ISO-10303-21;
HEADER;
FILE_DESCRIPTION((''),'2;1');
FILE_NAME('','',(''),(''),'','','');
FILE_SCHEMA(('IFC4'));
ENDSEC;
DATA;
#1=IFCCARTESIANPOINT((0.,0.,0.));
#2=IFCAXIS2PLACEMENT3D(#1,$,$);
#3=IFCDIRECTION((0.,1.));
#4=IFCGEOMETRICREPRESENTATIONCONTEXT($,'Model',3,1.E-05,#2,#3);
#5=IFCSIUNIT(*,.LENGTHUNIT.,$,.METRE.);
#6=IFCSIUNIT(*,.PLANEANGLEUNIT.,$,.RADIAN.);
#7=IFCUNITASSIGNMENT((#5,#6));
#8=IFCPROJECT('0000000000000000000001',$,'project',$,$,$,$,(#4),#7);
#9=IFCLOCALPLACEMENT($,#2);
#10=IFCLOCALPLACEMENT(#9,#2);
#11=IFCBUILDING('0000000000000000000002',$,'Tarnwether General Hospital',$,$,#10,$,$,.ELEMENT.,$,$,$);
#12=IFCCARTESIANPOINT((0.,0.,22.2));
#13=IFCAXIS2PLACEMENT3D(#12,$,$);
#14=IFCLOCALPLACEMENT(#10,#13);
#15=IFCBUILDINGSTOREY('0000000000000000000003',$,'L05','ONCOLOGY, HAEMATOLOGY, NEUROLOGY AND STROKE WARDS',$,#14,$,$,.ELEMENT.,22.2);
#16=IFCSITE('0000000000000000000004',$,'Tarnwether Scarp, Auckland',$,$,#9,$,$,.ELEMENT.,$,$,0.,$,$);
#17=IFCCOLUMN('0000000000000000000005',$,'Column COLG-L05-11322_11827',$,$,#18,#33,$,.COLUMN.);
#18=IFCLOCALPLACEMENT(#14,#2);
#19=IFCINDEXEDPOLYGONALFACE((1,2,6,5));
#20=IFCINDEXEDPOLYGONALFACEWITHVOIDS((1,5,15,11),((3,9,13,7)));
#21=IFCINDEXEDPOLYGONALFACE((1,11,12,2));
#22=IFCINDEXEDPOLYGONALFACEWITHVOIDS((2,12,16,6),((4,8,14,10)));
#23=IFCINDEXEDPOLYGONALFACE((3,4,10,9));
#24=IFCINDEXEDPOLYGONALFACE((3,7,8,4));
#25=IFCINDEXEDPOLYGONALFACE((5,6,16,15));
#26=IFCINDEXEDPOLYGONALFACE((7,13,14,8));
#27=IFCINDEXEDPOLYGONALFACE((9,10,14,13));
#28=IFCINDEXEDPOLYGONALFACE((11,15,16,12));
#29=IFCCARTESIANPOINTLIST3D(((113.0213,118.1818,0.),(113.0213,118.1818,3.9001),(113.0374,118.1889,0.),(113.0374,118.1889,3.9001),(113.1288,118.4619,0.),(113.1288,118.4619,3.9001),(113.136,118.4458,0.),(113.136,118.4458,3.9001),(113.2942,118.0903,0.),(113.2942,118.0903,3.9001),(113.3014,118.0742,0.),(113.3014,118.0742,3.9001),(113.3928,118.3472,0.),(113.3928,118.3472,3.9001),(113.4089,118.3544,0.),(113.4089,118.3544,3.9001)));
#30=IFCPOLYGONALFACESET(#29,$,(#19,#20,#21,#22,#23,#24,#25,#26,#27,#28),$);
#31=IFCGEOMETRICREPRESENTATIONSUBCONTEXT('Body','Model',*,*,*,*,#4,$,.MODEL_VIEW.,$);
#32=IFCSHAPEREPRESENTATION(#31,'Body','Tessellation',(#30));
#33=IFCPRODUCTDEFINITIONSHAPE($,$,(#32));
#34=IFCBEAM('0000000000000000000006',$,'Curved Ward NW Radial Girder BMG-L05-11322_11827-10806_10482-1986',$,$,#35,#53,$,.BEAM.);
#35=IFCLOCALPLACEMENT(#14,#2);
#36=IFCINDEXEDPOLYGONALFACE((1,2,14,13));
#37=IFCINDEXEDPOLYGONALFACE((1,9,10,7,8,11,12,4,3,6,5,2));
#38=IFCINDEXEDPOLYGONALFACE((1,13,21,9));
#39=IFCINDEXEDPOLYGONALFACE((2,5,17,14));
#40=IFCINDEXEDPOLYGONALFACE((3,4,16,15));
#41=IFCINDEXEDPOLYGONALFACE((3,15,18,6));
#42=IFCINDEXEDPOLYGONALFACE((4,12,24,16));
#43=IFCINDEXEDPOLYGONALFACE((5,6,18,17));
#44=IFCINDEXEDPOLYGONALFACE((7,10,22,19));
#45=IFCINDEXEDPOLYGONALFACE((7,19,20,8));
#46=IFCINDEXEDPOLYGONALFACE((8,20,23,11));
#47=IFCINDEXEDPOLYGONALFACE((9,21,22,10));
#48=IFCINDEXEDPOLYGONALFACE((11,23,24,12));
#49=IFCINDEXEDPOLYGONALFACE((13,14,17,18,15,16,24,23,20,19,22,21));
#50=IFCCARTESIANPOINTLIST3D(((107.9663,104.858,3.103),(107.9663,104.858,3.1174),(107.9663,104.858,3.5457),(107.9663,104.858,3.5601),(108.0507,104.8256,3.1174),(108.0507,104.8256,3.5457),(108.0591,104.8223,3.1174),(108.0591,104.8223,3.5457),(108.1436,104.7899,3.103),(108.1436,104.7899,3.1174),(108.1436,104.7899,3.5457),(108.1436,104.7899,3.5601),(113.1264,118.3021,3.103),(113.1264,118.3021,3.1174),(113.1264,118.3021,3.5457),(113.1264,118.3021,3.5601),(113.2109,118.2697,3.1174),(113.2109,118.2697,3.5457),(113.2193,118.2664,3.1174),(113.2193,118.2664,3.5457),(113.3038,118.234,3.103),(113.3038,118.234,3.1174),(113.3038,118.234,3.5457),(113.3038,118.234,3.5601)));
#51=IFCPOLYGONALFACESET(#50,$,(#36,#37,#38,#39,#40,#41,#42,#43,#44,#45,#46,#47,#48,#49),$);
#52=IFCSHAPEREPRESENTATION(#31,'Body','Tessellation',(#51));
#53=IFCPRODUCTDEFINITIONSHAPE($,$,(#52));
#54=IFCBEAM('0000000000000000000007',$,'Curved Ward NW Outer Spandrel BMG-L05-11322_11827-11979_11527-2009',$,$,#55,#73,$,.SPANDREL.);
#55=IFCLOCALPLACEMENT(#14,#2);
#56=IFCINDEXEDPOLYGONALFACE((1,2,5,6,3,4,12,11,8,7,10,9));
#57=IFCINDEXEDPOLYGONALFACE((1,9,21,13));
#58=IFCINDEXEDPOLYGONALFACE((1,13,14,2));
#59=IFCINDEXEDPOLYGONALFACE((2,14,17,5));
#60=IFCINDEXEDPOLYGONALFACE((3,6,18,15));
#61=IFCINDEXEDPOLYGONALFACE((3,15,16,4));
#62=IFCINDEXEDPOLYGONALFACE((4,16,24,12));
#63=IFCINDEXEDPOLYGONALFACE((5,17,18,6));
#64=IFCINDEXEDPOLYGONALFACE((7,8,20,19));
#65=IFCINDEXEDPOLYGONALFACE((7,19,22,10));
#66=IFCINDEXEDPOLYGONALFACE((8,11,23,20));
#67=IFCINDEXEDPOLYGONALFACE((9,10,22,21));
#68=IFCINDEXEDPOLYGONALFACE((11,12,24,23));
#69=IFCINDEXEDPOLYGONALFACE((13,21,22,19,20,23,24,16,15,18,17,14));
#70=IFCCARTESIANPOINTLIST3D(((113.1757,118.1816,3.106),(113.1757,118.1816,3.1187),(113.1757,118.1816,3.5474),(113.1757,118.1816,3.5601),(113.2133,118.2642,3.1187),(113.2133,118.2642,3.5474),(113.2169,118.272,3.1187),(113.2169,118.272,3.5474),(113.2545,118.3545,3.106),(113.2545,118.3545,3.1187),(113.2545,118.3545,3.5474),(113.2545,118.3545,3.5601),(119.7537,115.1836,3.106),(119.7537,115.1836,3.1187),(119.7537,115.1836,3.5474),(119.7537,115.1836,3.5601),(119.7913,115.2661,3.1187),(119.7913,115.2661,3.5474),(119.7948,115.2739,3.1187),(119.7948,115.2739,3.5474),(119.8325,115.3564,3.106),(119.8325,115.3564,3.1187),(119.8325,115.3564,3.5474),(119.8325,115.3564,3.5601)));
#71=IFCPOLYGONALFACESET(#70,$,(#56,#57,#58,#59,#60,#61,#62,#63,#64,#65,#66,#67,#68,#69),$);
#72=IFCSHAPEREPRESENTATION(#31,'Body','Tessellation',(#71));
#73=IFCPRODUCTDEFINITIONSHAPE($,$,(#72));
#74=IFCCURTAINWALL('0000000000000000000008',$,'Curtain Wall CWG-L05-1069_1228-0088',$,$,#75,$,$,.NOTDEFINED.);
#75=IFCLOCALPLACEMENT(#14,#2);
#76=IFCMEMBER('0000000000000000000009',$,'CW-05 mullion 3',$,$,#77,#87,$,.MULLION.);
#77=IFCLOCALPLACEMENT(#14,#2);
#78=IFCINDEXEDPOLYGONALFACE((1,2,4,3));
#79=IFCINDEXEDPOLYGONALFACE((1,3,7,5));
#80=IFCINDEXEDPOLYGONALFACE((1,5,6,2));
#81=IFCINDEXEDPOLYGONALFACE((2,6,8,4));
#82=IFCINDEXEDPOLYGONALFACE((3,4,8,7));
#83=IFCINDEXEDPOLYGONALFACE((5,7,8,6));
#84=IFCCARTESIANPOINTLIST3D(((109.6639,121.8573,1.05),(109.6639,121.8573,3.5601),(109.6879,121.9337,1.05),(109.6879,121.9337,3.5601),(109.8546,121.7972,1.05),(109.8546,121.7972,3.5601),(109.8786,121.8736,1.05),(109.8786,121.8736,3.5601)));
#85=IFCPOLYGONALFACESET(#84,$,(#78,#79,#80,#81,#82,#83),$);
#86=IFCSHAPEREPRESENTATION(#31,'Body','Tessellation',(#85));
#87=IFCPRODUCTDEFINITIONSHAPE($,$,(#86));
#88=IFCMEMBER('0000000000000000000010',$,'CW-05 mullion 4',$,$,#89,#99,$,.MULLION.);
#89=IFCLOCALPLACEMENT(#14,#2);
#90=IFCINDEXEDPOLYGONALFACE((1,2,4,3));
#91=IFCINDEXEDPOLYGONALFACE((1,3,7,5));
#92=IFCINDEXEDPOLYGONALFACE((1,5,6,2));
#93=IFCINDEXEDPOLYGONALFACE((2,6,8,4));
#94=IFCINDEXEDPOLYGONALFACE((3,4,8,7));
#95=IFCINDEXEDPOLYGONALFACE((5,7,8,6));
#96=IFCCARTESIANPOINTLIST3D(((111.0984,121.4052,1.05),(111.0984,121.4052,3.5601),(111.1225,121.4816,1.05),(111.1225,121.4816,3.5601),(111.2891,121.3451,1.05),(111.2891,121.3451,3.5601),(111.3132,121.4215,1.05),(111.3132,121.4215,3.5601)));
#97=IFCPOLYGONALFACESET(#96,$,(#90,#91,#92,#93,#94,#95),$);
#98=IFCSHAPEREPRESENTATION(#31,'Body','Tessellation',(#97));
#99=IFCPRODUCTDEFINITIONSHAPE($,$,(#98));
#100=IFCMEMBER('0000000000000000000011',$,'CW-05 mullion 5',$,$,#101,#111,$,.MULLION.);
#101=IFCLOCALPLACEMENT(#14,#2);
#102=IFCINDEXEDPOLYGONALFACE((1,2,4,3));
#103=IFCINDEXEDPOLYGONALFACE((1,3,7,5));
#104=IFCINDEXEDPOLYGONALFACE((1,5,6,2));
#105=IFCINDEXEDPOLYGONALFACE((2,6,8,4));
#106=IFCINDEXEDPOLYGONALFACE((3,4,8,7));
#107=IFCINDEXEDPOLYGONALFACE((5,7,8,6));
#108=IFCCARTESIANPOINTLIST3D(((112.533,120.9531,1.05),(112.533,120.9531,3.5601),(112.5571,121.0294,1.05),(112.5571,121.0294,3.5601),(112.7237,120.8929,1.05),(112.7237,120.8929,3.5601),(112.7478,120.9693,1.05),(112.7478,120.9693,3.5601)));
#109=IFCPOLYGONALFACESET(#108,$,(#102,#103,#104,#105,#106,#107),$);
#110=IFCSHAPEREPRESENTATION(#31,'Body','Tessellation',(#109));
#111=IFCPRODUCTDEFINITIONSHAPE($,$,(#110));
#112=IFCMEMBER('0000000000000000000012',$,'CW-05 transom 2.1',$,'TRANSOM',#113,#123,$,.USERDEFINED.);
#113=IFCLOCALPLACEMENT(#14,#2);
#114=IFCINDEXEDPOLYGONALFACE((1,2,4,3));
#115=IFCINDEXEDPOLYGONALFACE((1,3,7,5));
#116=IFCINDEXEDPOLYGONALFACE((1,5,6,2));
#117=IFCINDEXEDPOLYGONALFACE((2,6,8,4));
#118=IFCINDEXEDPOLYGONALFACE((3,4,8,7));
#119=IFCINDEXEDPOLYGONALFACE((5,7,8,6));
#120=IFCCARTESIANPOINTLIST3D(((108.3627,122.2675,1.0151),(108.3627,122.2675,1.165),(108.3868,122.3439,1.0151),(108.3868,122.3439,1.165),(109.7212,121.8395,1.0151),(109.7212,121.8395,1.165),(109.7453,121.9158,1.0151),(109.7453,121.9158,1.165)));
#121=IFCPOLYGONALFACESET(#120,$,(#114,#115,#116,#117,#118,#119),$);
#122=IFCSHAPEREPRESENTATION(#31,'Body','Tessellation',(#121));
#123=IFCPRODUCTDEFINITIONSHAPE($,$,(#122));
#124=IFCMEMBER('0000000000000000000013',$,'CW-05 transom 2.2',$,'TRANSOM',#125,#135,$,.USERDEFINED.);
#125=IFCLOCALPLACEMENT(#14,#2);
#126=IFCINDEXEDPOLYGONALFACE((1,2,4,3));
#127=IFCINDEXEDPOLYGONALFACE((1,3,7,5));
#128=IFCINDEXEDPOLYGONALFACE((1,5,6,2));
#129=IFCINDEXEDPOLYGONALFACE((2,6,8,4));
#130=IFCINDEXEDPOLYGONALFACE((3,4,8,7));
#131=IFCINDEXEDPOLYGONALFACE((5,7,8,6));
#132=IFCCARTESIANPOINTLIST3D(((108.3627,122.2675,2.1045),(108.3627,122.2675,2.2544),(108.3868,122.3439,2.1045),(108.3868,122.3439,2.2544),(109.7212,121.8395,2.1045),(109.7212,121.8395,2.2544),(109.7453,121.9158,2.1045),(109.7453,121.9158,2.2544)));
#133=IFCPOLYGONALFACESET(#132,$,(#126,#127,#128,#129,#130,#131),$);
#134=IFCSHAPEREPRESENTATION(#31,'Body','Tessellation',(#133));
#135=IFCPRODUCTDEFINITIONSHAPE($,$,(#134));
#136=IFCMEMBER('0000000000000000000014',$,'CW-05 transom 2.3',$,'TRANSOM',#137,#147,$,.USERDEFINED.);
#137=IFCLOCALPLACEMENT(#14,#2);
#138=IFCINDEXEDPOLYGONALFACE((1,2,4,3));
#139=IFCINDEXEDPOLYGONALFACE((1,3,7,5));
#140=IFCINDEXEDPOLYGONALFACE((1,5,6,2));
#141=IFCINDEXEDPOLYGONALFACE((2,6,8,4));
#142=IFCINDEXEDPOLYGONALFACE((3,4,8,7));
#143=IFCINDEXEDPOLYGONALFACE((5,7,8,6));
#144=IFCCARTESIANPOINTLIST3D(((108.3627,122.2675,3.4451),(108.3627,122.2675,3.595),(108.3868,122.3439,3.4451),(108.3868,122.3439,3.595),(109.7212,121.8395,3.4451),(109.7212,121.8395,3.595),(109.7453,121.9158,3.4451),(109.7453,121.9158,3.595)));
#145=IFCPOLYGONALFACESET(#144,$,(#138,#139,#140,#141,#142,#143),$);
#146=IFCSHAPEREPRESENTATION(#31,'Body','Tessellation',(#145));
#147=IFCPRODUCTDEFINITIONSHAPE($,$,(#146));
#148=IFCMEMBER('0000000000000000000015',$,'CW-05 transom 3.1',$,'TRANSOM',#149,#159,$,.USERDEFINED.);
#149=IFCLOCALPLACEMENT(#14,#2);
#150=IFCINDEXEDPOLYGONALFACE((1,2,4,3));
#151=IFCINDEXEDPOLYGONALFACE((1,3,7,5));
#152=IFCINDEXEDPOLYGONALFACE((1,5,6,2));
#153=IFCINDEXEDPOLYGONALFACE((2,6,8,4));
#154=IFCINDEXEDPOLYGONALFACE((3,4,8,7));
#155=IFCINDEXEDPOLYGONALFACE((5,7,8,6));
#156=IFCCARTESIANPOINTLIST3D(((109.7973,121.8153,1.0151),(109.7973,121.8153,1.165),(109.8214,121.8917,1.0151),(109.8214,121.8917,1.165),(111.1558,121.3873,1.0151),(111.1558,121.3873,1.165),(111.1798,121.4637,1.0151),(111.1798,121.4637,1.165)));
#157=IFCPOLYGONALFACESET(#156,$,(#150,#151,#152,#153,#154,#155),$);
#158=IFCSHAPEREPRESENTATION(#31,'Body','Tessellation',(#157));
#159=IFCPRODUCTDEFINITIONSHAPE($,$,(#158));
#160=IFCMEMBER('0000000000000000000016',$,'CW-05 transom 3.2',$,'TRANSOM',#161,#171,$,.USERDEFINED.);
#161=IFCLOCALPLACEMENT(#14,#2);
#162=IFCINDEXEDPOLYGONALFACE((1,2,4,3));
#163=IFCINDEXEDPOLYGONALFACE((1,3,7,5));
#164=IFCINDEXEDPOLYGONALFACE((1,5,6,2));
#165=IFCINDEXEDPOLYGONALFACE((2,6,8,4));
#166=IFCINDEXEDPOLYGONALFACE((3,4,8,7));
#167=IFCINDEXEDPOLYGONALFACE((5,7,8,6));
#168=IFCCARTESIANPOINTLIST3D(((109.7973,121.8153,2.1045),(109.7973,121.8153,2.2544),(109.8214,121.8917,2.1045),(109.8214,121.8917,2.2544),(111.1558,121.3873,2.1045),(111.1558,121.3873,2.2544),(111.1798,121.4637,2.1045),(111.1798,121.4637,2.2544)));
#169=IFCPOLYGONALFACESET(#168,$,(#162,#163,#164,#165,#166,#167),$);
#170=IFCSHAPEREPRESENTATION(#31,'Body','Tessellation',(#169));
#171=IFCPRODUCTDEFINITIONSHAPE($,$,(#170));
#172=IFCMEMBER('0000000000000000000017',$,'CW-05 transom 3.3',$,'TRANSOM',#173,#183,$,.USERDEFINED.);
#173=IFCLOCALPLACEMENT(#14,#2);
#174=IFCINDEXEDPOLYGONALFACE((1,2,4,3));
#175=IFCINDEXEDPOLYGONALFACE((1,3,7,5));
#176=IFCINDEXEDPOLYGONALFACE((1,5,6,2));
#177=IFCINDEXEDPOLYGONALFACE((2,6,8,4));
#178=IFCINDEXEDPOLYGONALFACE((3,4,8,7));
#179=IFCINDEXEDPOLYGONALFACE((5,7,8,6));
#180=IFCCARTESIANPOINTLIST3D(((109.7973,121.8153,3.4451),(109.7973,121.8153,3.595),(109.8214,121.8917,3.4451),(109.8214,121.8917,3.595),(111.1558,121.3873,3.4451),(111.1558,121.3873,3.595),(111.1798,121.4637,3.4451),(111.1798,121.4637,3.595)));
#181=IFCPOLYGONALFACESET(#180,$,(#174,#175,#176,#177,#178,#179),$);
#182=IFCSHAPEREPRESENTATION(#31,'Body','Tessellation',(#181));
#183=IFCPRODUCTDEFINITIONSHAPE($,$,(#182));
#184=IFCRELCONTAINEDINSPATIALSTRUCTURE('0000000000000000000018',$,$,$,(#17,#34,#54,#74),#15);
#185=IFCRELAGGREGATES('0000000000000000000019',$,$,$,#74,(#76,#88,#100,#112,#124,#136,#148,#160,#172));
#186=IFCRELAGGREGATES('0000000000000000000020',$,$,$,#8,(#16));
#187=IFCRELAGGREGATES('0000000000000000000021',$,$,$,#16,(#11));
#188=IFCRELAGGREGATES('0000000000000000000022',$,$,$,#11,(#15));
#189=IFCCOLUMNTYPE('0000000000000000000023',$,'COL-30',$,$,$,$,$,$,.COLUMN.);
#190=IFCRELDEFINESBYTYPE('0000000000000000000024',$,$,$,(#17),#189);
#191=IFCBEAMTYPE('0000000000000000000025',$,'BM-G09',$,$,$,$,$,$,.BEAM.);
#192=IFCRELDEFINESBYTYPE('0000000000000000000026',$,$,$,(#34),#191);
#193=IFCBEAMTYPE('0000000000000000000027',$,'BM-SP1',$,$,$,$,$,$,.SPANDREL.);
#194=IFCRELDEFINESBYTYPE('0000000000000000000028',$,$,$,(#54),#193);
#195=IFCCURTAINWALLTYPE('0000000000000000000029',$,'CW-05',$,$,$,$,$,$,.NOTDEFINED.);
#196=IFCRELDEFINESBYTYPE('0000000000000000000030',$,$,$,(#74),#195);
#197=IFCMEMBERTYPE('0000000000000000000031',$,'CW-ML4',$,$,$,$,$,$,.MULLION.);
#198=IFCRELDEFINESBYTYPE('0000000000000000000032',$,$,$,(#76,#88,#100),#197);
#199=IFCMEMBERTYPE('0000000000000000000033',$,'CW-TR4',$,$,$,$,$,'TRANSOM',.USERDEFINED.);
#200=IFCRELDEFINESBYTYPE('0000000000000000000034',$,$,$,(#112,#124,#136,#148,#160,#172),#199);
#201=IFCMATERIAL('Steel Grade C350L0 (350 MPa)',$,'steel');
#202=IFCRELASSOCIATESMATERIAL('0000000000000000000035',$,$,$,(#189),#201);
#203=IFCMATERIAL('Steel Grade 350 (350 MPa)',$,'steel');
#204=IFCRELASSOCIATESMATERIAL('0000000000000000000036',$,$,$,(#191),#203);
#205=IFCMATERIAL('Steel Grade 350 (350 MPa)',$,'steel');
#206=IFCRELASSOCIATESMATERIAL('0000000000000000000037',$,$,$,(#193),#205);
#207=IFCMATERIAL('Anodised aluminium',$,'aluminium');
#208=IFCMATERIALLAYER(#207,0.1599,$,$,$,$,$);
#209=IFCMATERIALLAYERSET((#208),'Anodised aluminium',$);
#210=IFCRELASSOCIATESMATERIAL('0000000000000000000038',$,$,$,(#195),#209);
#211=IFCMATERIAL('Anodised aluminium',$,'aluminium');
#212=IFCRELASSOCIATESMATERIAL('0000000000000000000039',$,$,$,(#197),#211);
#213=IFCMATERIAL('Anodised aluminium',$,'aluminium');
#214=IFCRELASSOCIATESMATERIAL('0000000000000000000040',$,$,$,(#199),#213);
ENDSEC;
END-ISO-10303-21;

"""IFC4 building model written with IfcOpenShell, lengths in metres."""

from ifc_helpers import new_model, si_unit, direction, frame, origin, origin_2d, place, context, subcontext, project, spatial, rectangle, hollow_rectangle, i_section, extrude, material, layer, layer_set, material_profile, profile_set, type_object, element, aggregate, save


model = new_model("IFC4")

# Units and contexts
model_context = context("Model", 3, precision=1e-05, world=origin(), true_north=direction((0.0, 1.0)))
body_context = subcontext(model_context, "Body", "Model", "MODEL_VIEW")
ifc_project = project(units=[si_unit("LENGTHUNIT", "METRE"), si_unit("PLANEANGLEUNIT", "RADIAN")], contexts=[model_context])

# Site, building, storey
site_placement = place(None, origin())
site = spatial("IfcSite", under=ifc_project, at=site_placement, Name="Tarnwether Scarp, Auckland", CompositionType="ELEMENT", RefElevation=0.0)
building_placement = place(site_placement, origin())
building = spatial("IfcBuilding", under=site, at=building_placement, Name="Tarnwether General Hospital", CompositionType="ELEMENT")
storey_placement = place(building_placement, frame((0.0, 0.0, 22.2)))
storey = spatial("IfcBuildingStorey", under=building, at=storey_placement, Name="L05", Description="ONCOLOGY, HAEMATOLOGY, NEUROLOGY AND STROKE WARDS", CompositionType="ELEMENT", Elevation=22.2)

# Column
ifc_material_1 = material(Name="Steel Grade C350L0 (350 MPa)", Category="steel")
ifc_material_profile_1 = material_profile(ifc_material_1, hollow_rectangle(XDim=0.3, YDim=0.3, WallThickness=0.0125, at=origin_2d()), Name="SHS300x300x12.5")
ifc_profile_set_1 = profile_set([ifc_material_profile_1], Name="Steel Grade C350L0 (350 MPa)")
column_type = type_object("IfcColumnType", Name="COL-30", PredefinedType="COLUMN", material=ifc_profile_set_1)
column_placement = place(storey_placement, frame((113.2151, 118.2681, 0.0), z_axis=(0.0, 0.0, 1.0), x_axis=(0.358368, 0.93358, 0.0)))
element("IfcColumn", 1, at=column_placement, inside=storey, type_object=column_type, Name="Column COLG-L05-11322_11827", PredefinedType="COLUMN", context=body_context, shape_type="SweptSolid", body=[
    extrude(hollow_rectangle(XDim=0.3, YDim=0.3, WallThickness=0.0125, at=origin_2d()), origin(), (0.0, 0.0, 1.0), 3.9001),
])

# Beams
ifc_material_2 = material(Name="Steel Grade 350 (350 MPa)", Category="steel")
ifc_material_profile_2 = material_profile(ifc_material_2, i_section(OverallWidth=0.1899, OverallDepth=0.457, WebThickness=0.009, FlangeThickness=0.0144, at=origin_2d()), Name="460UB74.6")
ifc_profile_set_2 = profile_set([ifc_material_profile_2], Name="Steel Grade 350 (350 MPa)")
beam_type_1 = type_object("IfcBeamType", Name="BM-G09", PredefinedType="BEAM", material=ifc_profile_set_2)
beam_1_placement = place(storey_placement, frame((113.2151, 118.2681, 3.3315), z_axis=(-0.358335, -0.933593, 0.0), x_axis=(0.933593, -0.358335, 0.0)))
element("IfcBeam", 2, at=beam_1_placement, inside=storey, type_object=beam_type_1, Name="Curved Ward NW Radial Girder BMG-L05-11322_11827-10806_10482-1986", PredefinedType="BEAM", context=body_context, shape_type="SweptSolid", body=[
    extrude(i_section(OverallWidth=0.1899, OverallDepth=0.457, WebThickness=0.009, FlangeThickness=0.0144, at=origin_2d()), origin(), (0.0, 0.0, 1.0), 14.4004),
])
ifc_material_3 = material(Name="Steel Grade 350 (350 MPa)", Category="steel")
ifc_material_profile_3 = material_profile(ifc_material_3, i_section(OverallWidth=0.1899, OverallDepth=0.4541, WebThickness=0.0085, FlangeThickness=0.0127, at=origin_2d()), Name="460UB67.1")
ifc_profile_set_3 = profile_set([ifc_material_profile_3], Name="Steel Grade 350 (350 MPa)")
beam_type_2 = type_object("IfcBeamType", Name="BM-SP1", PredefinedType="SPANDREL", material=ifc_profile_set_3)
beam_2_placement = place(storey_placement, frame((113.2151, 118.2681, 3.333), z_axis=(0.909944, -0.414731, 0.0), x_axis=(0.414731, 0.909944, 0.0)))
element("IfcBeam", 3, at=beam_2_placement, inside=storey, type_object=beam_type_2, Name="Curved Ward NW Outer Spandrel BMG-L05-11322_11827-11979_11527-2009", PredefinedType="SPANDREL", context=body_context, shape_type="SweptSolid", body=[
    extrude(i_section(OverallWidth=0.1899, OverallDepth=0.4541, WebThickness=0.0085, FlangeThickness=0.0127, at=origin_2d()), origin(), (0.0, 0.0, 1.0), 7.229),
])

# Curtain wall, members
ifc_material_4 = material(Name="Anodised aluminium", Category="aluminium")
ifc_layer_1 = layer(ifc_material_4, 0.1599)
ifc_layer_set_1 = layer_set([ifc_layer_1], Name="Anodised aluminium")
curtain_wall_type = type_object("IfcCurtainWallType", Name="CW-05", PredefinedType="NOTDEFINED", material=ifc_layer_set_1)
curtain_wall_placement = place(storey_placement, origin())
curtain_wall = element("IfcCurtainWall", 4, at=curtain_wall_placement, inside=storey, type_object=curtain_wall_type, Name="Curtain Wall CWG-L05-1069_1228-0088", PredefinedType="NOTDEFINED")
ifc_material_5 = material(Name="Anodised aluminium", Category="aluminium")
ifc_material_profile_4 = material_profile(ifc_material_5, rectangle(XDim=0.0801, YDim=0.2, at=origin_2d()), Name="ALU-MUL-80x200")
ifc_profile_set_4 = profile_set([ifc_material_profile_4], Name="Anodised aluminium")
member_type_1 = type_object("IfcMemberType", Name="CW-ML4", PredefinedType="MULLION", material=ifc_profile_set_4)
member_1_placement = place(storey_placement, frame((109.7712, 121.8655, 1.05), z_axis=(0.0, 0.0, 1.0), x_axis=(0.300629, 0.953741, 0.0)))
member_1 = element("IfcMember", 5, at=member_1_placement, type_object=member_type_1, Name="CW-05 mullion 3", PredefinedType="MULLION", context=body_context, shape_type="SweptSolid", body=[
    extrude(rectangle(XDim=0.0801, YDim=0.2, at=origin_2d()), origin(), (0.0, 0.0, 1.0), 2.51),
])
member_2_placement = place(storey_placement, frame((111.2058, 121.4133, 1.05), z_axis=(0.0, 0.0, 1.0), x_axis=(0.300629, 0.953741, 0.0)))
member_2 = element("IfcMember", 6, at=member_2_placement, type_object=member_type_1, Name="CW-05 mullion 4", PredefinedType="MULLION", context=body_context, shape_type="SweptSolid", body=[
    extrude(rectangle(XDim=0.0801, YDim=0.2, at=origin_2d()), origin(), (0.0, 0.0, 1.0), 2.51),
])
member_3_placement = place(storey_placement, frame((112.6404, 120.9612, 1.05), z_axis=(0.0, 0.0, 1.0), x_axis=(0.300629, 0.953741, 0.0)))
member_3 = element("IfcMember", 7, at=member_3_placement, type_object=member_type_1, Name="CW-05 mullion 5", PredefinedType="MULLION", context=body_context, shape_type="SweptSolid", body=[
    extrude(rectangle(XDim=0.0801, YDim=0.2, at=origin_2d()), origin(), (0.0, 0.0, 1.0), 2.51),
])
ifc_material_6 = material(Name="Anodised aluminium", Category="aluminium")
ifc_material_profile_5 = material_profile(ifc_material_6, rectangle(XDim=0.0801, YDim=0.1499, at=origin_2d()), Name="ALU-TRN-80x150")
ifc_profile_set_5 = profile_set([ifc_material_profile_5], Name="Anodised aluminium")
member_type_2 = type_object("IfcMemberType", Name="CW-TR4", ElementType="TRANSOM", PredefinedType="USERDEFINED", material=ifc_profile_set_5)
member_4_placement = place(storey_placement, frame((108.3748, 122.3057, 1.0901), z_axis=(0.953782, -0.3005, 0.0), x_axis=(0.3005, 0.953782, 0.0)))
member_4 = element("IfcMember", 8, at=member_4_placement, type_object=member_type_2, Name="CW-05 transom 2.1", ObjectType="TRANSOM", PredefinedType="USERDEFINED", context=body_context, shape_type="SweptSolid", body=[
    extrude(rectangle(XDim=0.0801, YDim=0.1499, at=origin_2d()), origin(), (0.0, 0.0, 1.0), 1.4243),
])
member_5_placement = place(storey_placement, frame((108.3748, 122.3057, 2.1794), z_axis=(0.953782, -0.3005, 0.0), x_axis=(0.3005, 0.953782, 0.0)))
member_5 = element("IfcMember", 9, at=member_5_placement, type_object=member_type_2, Name="CW-05 transom 2.2", ObjectType="TRANSOM", PredefinedType="USERDEFINED", context=body_context, shape_type="SweptSolid", body=[
    extrude(rectangle(XDim=0.0801, YDim=0.1499, at=origin_2d()), origin(), (0.0, 0.0, 1.0), 1.4243),
])
member_6_placement = place(storey_placement, frame((108.3748, 122.3057, 3.52), z_axis=(0.953782, -0.3005, 0.0), x_axis=(0.3005, 0.953782, 0.0)))
member_6 = element("IfcMember", 10, at=member_6_placement, type_object=member_type_2, Name="CW-05 transom 2.3", ObjectType="TRANSOM", PredefinedType="USERDEFINED", context=body_context, shape_type="SweptSolid", body=[
    extrude(rectangle(XDim=0.0801, YDim=0.1499, at=origin_2d()), origin(), (0.0, 0.0, 1.0), 1.4243),
])
member_7_placement = place(storey_placement, frame((109.8093, 121.8535, 1.0901), z_axis=(0.953782, -0.3005, 0.0), x_axis=(0.3005, 0.953782, 0.0)))
member_7 = element("IfcMember", 11, at=member_7_placement, type_object=member_type_2, Name="CW-05 transom 3.1", ObjectType="TRANSOM", PredefinedType="USERDEFINED", context=body_context, shape_type="SweptSolid", body=[
    extrude(rectangle(XDim=0.0801, YDim=0.1499, at=origin_2d()), origin(), (0.0, 0.0, 1.0), 1.4243),
])
member_8_placement = place(storey_placement, frame((109.8093, 121.8535, 2.1794), z_axis=(0.953782, -0.3005, 0.0), x_axis=(0.3005, 0.953782, 0.0)))
member_8 = element("IfcMember", 12, at=member_8_placement, type_object=member_type_2, Name="CW-05 transom 3.2", ObjectType="TRANSOM", PredefinedType="USERDEFINED", context=body_context, shape_type="SweptSolid", body=[
    extrude(rectangle(XDim=0.0801, YDim=0.1499, at=origin_2d()), origin(), (0.0, 0.0, 1.0), 1.4243),
])
member_9_placement = place(storey_placement, frame((109.8093, 121.8535, 3.52), z_axis=(0.953782, -0.3005, 0.0), x_axis=(0.3005, 0.953782, 0.0)))
member_9 = element("IfcMember", 13, at=member_9_placement, type_object=member_type_2, Name="CW-05 transom 3.3", ObjectType="TRANSOM", PredefinedType="USERDEFINED", context=body_context, shape_type="SweptSolid", body=[
    extrude(rectangle(XDim=0.0801, YDim=0.1499, at=origin_2d()), origin(), (0.0, 0.0, 1.0), 1.4243),
])
aggregate(curtain_wall, [member_1, member_2, member_3, member_4, member_5, member_6, member_7, member_8, member_9])

save(model, "model.ifc")
